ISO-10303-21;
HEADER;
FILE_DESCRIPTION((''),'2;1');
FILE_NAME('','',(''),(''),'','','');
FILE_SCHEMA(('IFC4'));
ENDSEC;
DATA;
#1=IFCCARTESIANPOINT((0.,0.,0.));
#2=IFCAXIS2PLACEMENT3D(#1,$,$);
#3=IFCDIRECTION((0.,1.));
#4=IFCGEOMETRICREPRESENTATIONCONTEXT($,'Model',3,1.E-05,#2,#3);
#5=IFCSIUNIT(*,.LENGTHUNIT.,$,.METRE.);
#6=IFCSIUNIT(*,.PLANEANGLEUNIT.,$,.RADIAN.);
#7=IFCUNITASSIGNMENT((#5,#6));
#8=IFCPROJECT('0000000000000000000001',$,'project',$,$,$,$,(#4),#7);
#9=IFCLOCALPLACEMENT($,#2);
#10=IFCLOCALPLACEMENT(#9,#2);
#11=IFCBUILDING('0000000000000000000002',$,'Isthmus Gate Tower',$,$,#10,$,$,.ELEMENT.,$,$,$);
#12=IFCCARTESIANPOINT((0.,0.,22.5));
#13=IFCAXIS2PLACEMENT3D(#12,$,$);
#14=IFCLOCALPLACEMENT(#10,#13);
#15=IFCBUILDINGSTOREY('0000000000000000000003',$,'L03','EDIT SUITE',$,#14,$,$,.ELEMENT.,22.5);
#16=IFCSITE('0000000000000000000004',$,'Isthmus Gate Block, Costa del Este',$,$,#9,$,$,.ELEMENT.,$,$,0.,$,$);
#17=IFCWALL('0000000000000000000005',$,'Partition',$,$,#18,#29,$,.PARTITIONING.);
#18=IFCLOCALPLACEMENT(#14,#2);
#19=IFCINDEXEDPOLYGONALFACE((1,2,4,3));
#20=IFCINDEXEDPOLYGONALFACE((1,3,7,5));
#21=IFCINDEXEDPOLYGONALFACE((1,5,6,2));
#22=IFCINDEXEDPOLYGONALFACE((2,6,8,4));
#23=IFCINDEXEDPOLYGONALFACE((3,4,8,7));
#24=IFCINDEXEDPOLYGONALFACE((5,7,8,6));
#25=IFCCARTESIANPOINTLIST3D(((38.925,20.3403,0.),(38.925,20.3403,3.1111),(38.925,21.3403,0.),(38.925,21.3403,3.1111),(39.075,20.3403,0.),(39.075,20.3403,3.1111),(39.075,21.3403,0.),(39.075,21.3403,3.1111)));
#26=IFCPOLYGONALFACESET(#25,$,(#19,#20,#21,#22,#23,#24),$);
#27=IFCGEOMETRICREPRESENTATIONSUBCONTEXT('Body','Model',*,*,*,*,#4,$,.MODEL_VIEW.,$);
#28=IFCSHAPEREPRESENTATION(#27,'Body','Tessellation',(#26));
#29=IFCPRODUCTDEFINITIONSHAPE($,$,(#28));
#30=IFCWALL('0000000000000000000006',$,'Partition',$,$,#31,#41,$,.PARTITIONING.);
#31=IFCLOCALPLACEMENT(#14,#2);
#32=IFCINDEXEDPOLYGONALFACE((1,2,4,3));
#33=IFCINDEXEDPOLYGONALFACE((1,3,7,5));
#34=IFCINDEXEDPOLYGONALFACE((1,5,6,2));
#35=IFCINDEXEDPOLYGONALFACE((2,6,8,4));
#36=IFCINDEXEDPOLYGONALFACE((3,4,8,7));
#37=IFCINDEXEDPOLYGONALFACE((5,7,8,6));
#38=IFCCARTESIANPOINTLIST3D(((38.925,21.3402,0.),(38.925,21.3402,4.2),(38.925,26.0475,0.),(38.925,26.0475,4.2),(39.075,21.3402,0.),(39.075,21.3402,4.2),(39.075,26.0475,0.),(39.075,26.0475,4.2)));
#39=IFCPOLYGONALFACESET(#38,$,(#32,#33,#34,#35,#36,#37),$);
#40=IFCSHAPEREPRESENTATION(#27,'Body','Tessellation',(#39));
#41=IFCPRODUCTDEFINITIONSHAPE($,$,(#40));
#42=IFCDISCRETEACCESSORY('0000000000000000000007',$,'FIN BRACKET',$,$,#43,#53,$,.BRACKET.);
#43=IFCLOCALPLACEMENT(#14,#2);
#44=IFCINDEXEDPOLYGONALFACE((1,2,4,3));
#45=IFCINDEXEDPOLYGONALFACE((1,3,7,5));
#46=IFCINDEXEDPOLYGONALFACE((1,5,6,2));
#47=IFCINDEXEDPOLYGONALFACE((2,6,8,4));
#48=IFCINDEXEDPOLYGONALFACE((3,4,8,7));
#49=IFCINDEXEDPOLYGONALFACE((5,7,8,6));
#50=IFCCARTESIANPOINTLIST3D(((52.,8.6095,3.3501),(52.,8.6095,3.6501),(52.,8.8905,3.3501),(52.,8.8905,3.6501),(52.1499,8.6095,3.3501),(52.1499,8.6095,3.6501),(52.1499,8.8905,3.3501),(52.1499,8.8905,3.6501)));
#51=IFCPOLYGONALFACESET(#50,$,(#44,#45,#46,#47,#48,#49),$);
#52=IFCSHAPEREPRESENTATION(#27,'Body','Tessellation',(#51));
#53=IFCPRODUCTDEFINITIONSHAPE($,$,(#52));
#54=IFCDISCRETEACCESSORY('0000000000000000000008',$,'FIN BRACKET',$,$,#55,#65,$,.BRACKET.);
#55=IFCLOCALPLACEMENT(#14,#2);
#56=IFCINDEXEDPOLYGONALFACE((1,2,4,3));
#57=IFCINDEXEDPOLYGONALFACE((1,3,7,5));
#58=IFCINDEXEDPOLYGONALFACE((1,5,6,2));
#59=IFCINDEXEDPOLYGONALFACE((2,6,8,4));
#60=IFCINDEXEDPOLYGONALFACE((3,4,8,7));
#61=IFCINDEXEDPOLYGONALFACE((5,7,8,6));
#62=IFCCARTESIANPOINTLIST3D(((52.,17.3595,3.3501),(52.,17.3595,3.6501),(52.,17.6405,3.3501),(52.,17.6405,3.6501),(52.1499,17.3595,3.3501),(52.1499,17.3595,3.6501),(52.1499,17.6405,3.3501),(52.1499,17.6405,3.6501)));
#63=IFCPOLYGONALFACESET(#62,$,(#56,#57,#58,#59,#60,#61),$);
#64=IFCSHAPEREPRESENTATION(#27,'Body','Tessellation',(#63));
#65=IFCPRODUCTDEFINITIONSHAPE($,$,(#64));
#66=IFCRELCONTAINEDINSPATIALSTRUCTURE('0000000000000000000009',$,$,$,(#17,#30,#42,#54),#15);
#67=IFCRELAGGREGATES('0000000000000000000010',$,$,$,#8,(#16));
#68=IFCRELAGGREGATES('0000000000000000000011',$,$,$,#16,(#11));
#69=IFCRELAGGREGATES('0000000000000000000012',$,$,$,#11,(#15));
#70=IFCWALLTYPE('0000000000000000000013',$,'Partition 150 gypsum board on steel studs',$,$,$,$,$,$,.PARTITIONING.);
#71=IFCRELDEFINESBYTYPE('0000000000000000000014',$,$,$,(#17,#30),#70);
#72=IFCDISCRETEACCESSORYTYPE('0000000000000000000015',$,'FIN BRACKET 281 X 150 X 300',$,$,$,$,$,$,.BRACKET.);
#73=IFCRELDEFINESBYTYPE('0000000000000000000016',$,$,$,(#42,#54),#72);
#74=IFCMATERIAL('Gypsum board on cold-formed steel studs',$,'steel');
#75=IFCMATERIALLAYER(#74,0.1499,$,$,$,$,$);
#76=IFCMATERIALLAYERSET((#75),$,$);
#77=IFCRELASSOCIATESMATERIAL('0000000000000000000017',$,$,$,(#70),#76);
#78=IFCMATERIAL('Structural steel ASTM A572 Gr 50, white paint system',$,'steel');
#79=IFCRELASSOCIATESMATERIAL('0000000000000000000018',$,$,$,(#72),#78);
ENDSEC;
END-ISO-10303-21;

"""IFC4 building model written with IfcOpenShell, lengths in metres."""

from ifc_helpers import new_model, si_unit, direction, frame, frame_2d, origin, origin_2d, place, context, subcontext, project, spatial, rectangle, extrude, material, layer, layer_set, type_object, element, save


model = new_model("IFC4")

# Units and contexts
model_context = context("Model", 3, precision=1e-05, world=origin(), true_north=direction((0.0, 1.0)))
body_context = subcontext(model_context, "Body", "Model", "MODEL_VIEW")
ifc_project = project(units=[si_unit("LENGTHUNIT", "METRE"), si_unit("PLANEANGLEUNIT", "RADIAN")], contexts=[model_context])

# Site, building, storey
site_placement = place(None, origin())
site = spatial("IfcSite", under=ifc_project, at=site_placement, Name="Isthmus Gate Block, Costa del Este", CompositionType="ELEMENT", RefElevation=0.0)
building_placement = place(site_placement, origin())
building = spatial("IfcBuilding", under=site, at=building_placement, Name="Isthmus Gate Tower", CompositionType="ELEMENT")
storey_placement = place(building_placement, frame((0.0, 0.0, 22.5)))
storey = spatial("IfcBuildingStorey", under=building, at=storey_placement, Name="L03", Description="EDIT SUITE", CompositionType="ELEMENT", Elevation=22.5)

# Walls
ifc_material_1 = material(Name="Gypsum board on cold-formed steel studs", Category="steel")
ifc_layer_1 = layer(ifc_material_1, 0.1499)
ifc_layer_set_1 = layer_set([ifc_layer_1])
wall_type_1 = type_object("IfcWallType", Name="Partition 150 gypsum board on steel studs", PredefinedType="PARTITIONING", material=ifc_layer_set_1)
wall_1_placement = place(storey_placement, frame((39.0, 20.3403, 0.0), z_axis=(0.0, 0.0, 1.0), x_axis=(0.0, 1.0, 0.0)))
element("IfcWall", 1, at=wall_1_placement, inside=storey, type_object=wall_type_1, Name="Partition", PredefinedType="PARTITIONING", context=body_context, shape_type="SweptSolid", body=[
    extrude(rectangle(XDim=1.0, YDim=0.1499, at=frame_2d((0.5, 0.0))), origin(), (0.0, 0.0, 1.0), 3.1111),
])
wall_2_placement = place(storey_placement, frame((39.0, 21.3403, 0.0), z_axis=(0.0, 0.0, 1.0), x_axis=(0.0, 1.0, 0.0)))
element("IfcWall", 2, at=wall_2_placement, inside=storey, type_object=wall_type_1, Name="Partition", PredefinedType="PARTITIONING", context=body_context, shape_type="SweptSolid", body=[
    extrude(rectangle(XDim=4.7073, YDim=0.1499, at=frame_2d((2.3535, 0.0))), origin(), (0.0, 0.0, 1.0), 4.2),
])

# Discrete accessories
ifc_material_2 = material(Name="Structural steel ASTM A572 Gr 50, white paint system", Category="steel")
discrete_accessory_type = type_object("IfcDiscreteAccessoryType", Name="FIN BRACKET 281 X 150 X 300", PredefinedType="BRACKET", material=ifc_material_2)
for number, where, z_axis, x_axis, name in (
    (3, (52.075, 8.75, 3.3501), (0.0, 0.0, 1.0), (1.0, 0.0, 0.0), "FIN BRACKET"),
    (4, (52.075, 17.5, 3.3501), (0.0, 0.0, 1.0), (1.0, 0.0, 0.0), "FIN BRACKET"),
):
    element("IfcDiscreteAccessory", number, at=place(storey_placement, frame(where, z_axis=z_axis, x_axis=x_axis)), inside=storey, type_object=discrete_accessory_type, Name=name, PredefinedType="BRACKET", context=body_context, shape_type="SweptSolid", body=[
        extrude(rectangle(XDim=0.1499, YDim=0.281, at=origin_2d()), origin(), (0.0, 0.0, 1.0), 0.3),
    ])

save(model, "model.ifc")
